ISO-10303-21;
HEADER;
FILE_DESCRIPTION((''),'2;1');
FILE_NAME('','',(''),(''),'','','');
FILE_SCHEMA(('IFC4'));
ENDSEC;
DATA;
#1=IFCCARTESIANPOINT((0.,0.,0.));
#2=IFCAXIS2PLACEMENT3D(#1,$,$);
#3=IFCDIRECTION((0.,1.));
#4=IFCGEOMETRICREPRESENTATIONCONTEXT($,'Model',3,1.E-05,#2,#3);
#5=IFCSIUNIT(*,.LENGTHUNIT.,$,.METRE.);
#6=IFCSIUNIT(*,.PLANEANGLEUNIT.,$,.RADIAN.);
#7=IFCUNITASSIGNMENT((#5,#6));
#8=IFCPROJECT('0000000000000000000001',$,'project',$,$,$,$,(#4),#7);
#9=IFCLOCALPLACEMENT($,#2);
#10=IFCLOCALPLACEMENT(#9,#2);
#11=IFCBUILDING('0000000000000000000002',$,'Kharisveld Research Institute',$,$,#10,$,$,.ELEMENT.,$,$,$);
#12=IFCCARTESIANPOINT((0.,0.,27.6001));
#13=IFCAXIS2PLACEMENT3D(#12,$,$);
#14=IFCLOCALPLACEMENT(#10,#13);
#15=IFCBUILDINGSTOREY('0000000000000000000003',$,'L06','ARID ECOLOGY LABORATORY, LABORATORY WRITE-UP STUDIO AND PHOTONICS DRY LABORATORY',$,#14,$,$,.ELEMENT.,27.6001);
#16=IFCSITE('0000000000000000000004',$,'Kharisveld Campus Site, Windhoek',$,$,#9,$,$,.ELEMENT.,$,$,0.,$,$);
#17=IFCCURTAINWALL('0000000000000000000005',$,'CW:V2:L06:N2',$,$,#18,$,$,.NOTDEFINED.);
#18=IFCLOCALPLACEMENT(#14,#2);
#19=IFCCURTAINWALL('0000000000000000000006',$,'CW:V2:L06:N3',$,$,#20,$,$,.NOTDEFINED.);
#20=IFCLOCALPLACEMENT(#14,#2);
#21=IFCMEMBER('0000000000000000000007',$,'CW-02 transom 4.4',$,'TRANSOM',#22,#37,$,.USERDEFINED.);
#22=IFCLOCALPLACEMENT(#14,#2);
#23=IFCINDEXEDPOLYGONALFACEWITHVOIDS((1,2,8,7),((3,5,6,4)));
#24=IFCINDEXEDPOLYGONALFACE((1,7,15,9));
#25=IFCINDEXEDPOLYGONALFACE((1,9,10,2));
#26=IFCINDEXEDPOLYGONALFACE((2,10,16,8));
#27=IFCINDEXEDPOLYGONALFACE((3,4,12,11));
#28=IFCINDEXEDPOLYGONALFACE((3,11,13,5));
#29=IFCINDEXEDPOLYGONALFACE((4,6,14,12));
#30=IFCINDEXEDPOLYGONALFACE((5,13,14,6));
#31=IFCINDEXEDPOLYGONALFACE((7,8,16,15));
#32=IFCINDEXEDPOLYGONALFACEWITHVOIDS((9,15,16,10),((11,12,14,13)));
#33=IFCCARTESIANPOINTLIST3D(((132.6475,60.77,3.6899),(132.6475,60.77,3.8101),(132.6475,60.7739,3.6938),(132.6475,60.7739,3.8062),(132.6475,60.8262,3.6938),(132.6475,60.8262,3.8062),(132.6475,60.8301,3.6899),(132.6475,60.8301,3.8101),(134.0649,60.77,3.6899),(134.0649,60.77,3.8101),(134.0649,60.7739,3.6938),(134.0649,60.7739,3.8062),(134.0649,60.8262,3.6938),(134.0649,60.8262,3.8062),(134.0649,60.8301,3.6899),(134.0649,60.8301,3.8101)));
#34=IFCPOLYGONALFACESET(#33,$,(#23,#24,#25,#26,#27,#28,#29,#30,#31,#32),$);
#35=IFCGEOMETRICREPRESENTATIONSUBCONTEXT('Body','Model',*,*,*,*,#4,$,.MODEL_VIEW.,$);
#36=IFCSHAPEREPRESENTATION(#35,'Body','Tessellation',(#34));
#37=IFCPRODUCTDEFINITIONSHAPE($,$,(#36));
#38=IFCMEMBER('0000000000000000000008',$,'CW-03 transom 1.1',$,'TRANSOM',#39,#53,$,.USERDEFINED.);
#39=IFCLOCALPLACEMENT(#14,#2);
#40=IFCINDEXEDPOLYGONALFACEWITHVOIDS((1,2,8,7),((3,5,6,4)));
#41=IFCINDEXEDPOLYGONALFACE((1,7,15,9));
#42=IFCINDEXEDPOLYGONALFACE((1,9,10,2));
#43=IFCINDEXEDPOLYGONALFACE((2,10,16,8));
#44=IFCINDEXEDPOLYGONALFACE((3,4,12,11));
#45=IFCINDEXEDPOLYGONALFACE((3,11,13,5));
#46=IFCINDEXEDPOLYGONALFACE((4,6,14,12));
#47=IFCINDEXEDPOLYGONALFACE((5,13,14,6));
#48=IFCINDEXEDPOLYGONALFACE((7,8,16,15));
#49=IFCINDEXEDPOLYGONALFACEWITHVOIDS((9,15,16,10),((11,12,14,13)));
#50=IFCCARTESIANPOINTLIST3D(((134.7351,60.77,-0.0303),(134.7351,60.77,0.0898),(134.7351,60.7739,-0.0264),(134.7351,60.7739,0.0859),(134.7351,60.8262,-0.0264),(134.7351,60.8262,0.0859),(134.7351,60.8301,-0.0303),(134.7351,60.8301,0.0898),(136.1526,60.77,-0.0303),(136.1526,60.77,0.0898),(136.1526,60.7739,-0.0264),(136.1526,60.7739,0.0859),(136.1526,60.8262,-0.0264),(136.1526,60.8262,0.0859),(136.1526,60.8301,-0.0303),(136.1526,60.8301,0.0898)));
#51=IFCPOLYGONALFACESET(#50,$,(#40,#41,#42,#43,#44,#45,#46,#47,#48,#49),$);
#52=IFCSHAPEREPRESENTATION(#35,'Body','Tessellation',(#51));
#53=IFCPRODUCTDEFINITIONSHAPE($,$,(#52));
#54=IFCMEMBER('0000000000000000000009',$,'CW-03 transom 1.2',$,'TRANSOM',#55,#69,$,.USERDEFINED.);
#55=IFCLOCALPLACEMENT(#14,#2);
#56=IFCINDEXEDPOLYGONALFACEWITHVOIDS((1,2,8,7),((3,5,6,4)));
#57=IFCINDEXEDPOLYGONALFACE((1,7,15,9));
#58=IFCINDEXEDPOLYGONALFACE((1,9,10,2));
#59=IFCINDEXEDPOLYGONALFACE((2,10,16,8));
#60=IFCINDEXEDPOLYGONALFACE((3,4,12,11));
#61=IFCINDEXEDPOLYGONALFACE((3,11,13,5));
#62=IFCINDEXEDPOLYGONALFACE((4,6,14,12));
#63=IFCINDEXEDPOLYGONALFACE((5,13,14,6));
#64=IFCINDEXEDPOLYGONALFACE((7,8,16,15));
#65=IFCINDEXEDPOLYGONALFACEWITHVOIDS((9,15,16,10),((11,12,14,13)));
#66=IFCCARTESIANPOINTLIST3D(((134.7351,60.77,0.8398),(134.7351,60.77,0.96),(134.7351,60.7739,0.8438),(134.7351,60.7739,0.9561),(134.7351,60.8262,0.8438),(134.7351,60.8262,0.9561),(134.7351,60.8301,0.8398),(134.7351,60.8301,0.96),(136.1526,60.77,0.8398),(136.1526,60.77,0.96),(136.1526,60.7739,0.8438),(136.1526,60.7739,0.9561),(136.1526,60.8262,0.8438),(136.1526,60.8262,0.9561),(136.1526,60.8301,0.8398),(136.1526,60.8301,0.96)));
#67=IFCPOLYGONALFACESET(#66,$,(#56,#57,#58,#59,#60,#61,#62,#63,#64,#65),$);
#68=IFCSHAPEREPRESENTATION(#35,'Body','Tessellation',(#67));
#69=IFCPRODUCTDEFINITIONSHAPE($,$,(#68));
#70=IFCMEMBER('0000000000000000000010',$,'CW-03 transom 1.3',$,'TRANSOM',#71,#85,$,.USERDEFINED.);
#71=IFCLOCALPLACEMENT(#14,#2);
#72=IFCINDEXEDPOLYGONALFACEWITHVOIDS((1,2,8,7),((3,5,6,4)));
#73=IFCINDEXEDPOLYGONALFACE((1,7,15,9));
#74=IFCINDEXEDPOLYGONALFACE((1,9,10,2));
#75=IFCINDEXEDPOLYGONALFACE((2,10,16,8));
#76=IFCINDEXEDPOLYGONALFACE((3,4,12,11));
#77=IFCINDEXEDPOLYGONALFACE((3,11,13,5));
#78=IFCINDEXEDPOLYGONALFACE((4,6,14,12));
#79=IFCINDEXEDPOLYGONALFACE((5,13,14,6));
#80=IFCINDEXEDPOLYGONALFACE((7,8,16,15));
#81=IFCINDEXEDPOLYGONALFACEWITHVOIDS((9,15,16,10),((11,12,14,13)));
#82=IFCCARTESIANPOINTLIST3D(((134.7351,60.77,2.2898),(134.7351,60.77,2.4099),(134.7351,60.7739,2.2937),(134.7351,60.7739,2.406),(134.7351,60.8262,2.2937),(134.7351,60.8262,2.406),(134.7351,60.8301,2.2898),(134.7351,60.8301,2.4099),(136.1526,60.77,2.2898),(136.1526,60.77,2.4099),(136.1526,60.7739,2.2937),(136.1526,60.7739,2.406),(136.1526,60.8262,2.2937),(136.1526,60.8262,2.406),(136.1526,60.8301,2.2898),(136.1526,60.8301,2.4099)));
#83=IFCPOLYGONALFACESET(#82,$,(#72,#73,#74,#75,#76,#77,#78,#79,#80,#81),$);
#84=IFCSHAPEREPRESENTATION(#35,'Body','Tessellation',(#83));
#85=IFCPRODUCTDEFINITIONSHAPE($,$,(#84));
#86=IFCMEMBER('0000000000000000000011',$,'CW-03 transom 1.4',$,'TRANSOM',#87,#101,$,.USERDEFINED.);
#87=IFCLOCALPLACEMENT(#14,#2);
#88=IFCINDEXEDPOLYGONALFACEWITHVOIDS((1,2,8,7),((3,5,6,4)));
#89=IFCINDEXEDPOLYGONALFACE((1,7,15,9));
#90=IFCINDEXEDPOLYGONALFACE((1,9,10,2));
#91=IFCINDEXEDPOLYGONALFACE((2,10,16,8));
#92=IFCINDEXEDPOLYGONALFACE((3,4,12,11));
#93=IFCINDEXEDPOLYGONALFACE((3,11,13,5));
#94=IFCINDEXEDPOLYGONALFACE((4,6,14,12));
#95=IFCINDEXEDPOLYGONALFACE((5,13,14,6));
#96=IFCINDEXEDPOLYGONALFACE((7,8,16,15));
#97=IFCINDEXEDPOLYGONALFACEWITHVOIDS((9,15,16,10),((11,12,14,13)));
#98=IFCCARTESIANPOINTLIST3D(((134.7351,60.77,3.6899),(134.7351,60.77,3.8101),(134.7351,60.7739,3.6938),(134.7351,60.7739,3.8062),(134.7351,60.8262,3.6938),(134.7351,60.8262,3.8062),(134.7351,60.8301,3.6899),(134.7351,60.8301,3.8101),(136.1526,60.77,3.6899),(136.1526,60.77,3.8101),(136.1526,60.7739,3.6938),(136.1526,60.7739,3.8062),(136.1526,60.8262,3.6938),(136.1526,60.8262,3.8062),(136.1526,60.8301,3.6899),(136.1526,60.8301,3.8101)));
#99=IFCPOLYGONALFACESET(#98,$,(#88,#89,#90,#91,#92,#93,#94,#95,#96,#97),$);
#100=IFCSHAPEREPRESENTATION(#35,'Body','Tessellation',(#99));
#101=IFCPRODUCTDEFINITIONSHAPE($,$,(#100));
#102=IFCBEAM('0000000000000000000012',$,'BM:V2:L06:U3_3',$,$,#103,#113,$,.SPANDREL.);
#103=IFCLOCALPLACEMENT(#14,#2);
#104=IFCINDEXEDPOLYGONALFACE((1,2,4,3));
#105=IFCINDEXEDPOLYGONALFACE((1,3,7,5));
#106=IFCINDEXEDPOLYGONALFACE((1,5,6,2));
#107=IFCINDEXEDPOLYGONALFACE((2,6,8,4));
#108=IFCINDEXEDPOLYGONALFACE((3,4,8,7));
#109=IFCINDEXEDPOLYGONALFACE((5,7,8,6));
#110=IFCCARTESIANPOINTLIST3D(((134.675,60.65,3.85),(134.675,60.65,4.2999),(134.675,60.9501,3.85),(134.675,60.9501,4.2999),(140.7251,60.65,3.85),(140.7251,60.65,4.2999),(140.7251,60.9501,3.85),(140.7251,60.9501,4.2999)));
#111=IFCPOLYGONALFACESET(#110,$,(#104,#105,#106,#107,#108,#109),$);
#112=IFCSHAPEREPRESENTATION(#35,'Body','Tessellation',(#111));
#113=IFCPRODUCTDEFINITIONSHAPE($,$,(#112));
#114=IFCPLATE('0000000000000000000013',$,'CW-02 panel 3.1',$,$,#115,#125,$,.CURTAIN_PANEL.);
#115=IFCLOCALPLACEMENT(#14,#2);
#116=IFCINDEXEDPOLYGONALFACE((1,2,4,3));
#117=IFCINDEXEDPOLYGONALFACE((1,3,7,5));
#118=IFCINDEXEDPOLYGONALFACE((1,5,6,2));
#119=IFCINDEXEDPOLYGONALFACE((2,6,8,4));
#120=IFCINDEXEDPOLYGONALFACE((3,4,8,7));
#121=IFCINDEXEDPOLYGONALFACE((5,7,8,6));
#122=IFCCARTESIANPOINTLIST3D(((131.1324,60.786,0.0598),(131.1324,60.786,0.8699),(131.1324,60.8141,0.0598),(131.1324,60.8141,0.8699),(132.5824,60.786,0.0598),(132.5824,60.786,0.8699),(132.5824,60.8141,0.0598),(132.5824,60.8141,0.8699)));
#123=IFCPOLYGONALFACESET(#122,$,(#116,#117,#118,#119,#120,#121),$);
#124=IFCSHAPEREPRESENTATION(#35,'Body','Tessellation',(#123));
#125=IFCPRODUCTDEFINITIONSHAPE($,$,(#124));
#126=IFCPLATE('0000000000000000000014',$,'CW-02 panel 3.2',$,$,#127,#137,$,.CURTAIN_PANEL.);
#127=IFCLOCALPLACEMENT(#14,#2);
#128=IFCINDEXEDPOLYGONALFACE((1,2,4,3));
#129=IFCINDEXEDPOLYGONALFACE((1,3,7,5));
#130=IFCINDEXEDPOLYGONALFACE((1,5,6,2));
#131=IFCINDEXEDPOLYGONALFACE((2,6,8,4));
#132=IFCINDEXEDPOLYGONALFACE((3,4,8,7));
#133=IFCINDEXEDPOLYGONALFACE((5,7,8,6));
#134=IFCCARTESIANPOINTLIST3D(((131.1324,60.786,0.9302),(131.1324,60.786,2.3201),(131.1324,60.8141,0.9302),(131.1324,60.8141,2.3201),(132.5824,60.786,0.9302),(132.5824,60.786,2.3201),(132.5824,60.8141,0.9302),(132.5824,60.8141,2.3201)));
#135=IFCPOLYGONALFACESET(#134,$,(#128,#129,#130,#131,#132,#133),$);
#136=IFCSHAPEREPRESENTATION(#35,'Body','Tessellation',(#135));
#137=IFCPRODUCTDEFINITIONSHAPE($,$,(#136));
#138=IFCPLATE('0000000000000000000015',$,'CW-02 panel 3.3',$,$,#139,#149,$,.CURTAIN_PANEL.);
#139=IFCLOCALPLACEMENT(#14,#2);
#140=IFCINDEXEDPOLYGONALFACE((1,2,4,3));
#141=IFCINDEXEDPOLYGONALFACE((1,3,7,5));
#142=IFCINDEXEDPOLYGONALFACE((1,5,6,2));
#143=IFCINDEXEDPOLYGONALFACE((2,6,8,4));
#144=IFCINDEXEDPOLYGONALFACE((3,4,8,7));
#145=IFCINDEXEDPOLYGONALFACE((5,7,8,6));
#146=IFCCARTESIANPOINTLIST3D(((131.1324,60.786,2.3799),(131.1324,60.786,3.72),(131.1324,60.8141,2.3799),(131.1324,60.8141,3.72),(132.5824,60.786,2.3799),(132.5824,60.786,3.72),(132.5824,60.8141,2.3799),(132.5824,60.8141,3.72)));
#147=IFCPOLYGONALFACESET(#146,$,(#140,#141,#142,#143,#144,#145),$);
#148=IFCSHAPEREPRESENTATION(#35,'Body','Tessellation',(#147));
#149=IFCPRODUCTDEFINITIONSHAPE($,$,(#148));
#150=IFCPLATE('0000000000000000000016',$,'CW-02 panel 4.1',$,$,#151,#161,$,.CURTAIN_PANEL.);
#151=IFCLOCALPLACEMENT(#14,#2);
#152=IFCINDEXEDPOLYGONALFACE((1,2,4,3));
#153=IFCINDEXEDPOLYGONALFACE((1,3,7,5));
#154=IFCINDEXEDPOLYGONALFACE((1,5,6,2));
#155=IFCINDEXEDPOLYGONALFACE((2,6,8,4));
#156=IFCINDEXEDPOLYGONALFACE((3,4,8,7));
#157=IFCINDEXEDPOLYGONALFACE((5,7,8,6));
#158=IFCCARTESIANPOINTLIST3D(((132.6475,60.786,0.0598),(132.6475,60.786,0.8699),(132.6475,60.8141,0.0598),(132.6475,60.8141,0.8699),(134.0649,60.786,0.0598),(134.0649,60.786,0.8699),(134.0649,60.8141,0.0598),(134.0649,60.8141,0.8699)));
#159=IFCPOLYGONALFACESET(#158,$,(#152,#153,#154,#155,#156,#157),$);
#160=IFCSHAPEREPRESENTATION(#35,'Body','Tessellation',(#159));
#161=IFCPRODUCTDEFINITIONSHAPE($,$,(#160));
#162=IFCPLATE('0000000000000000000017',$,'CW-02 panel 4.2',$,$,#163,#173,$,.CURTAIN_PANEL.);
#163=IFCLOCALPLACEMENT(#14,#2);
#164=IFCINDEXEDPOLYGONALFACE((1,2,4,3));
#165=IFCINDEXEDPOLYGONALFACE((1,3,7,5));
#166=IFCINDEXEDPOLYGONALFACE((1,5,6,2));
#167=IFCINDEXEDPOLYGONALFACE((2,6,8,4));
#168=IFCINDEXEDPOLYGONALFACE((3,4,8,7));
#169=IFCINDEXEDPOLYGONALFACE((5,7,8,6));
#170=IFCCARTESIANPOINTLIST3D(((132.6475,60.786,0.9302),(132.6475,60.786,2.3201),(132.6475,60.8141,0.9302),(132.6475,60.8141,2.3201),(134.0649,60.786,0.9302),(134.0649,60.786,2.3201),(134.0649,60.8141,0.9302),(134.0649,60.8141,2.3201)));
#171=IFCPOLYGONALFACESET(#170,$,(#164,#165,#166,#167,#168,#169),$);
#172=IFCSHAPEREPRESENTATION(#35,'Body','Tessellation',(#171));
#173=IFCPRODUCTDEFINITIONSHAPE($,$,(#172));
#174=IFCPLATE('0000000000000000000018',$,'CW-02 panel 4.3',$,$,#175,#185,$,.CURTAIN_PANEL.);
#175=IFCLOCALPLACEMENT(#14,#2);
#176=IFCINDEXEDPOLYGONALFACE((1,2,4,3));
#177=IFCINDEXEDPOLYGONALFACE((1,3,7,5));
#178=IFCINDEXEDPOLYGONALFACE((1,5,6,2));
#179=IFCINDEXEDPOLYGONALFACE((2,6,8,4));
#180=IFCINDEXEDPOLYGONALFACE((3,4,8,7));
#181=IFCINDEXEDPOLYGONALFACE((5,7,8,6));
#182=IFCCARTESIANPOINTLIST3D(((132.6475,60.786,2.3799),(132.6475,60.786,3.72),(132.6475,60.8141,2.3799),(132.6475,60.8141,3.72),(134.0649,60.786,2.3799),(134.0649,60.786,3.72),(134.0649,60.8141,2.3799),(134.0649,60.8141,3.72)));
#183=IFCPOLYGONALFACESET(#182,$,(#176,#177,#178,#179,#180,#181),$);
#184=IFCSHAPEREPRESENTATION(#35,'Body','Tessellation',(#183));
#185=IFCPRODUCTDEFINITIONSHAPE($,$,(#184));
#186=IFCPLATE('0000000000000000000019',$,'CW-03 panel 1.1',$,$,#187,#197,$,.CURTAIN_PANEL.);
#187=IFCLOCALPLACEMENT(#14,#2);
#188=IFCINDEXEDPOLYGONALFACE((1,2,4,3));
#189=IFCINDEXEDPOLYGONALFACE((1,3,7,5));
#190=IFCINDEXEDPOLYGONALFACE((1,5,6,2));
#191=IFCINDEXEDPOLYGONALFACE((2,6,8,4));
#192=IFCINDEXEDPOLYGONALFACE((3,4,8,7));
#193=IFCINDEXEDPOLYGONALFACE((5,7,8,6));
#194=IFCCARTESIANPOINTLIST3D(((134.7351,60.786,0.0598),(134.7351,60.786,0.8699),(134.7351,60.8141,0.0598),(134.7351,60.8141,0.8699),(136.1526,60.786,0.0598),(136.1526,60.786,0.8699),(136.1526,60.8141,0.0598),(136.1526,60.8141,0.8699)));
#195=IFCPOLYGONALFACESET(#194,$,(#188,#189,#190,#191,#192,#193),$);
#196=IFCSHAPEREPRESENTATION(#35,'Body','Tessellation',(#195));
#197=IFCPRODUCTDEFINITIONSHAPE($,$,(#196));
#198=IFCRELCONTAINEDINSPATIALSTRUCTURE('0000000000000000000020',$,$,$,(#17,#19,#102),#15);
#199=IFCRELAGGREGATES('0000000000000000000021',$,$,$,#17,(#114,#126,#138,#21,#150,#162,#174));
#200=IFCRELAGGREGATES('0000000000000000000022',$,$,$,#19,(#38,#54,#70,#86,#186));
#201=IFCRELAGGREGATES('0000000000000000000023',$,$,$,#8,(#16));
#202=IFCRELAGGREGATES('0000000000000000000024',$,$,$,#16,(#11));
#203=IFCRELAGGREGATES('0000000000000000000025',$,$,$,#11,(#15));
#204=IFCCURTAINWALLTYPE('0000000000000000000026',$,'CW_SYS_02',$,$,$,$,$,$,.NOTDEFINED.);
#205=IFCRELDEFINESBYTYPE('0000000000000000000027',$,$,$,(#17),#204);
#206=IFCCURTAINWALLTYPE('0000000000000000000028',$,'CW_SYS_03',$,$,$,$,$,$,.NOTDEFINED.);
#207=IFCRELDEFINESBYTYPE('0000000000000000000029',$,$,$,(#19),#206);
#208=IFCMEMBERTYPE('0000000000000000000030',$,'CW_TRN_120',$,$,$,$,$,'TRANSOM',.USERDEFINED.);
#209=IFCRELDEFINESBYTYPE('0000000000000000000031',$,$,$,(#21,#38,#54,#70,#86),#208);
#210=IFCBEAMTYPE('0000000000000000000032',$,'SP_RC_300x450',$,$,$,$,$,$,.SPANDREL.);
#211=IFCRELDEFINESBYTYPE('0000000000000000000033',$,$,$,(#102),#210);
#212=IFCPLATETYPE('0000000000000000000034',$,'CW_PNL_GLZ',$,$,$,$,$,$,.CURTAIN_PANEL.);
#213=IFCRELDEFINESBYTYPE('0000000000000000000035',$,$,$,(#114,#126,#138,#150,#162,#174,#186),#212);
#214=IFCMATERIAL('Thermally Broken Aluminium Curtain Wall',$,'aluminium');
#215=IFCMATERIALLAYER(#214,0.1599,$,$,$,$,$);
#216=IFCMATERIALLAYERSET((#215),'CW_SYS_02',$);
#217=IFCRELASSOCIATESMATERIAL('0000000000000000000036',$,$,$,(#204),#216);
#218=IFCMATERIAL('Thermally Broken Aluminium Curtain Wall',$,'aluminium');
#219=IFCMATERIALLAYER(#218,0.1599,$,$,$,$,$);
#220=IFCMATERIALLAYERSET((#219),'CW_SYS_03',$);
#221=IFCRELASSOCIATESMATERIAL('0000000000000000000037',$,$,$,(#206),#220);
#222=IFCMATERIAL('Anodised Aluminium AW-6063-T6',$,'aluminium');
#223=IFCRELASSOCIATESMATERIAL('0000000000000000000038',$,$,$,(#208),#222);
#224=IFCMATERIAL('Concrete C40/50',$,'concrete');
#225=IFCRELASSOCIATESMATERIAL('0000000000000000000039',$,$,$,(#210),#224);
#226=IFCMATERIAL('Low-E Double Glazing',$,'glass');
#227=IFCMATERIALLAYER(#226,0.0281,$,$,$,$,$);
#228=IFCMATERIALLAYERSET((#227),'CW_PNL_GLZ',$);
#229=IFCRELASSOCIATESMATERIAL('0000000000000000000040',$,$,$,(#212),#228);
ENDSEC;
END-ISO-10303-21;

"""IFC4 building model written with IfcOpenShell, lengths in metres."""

from ifc_helpers import new_model, si_unit, direction, frame, origin, origin_2d, place, context, subcontext, project, spatial, rectangle, hollow_rectangle, extrude, material, layer, layer_set, material_profile, profile_set, type_object, element, aggregate, save


model = new_model("IFC4")

# Units and contexts
model_context = context("Model", 3, precision=1e-05, world=origin(), true_north=direction((0.0, 1.0)))
body_context = subcontext(model_context, "Body", "Model", "MODEL_VIEW")
ifc_project = project(units=[si_unit("LENGTHUNIT", "METRE"), si_unit("PLANEANGLEUNIT", "RADIAN")], contexts=[model_context])

# Site, building, storey
site_placement = place(None, origin())
site = spatial("IfcSite", under=ifc_project, at=site_placement, Name="Kharisveld Campus Site, Windhoek", CompositionType="ELEMENT", RefElevation=0.0)
building_placement = place(site_placement, origin())
building = spatial("IfcBuilding", under=site, at=building_placement, Name="Kharisveld Research Institute", CompositionType="ELEMENT")
storey_placement = place(building_placement, frame((0.0, 0.0, 27.6001)))
storey = spatial("IfcBuildingStorey", under=building, at=storey_placement, Name="L06", Description="ARID ECOLOGY LABORATORY, LABORATORY WRITE-UP STUDIO AND PHOTONICS DRY LABORATORY", CompositionType="ELEMENT", Elevation=27.6001)

# Curtain wall
ifc_material_1 = material(Name="Thermally Broken Aluminium Curtain Wall", Category="aluminium")
ifc_layer_1 = layer(ifc_material_1, 0.1599)
ifc_layer_set_1 = layer_set([ifc_layer_1], Name="CW_SYS_02")
curtain_wall_type_1 = type_object("IfcCurtainWallType", Name="CW_SYS_02", PredefinedType="NOTDEFINED", material=ifc_layer_set_1)
curtain_wall_1_placement = place(storey_placement, origin())
curtain_wall_1 = element("IfcCurtainWall", 1, at=curtain_wall_1_placement, inside=storey, type_object=curtain_wall_type_1, Name="CW:V2:L06:N2", PredefinedType="NOTDEFINED")

# Curtain wall
ifc_material_2 = material(Name="Thermally Broken Aluminium Curtain Wall", Category="aluminium")
ifc_layer_2 = layer(ifc_material_2, 0.1599)
ifc_layer_set_2 = layer_set([ifc_layer_2], Name="CW_SYS_03")
curtain_wall_type_2 = type_object("IfcCurtainWallType", Name="CW_SYS_03", PredefinedType="NOTDEFINED", material=ifc_layer_set_2)
curtain_wall_2_placement = place(storey_placement, origin())
curtain_wall_2 = element("IfcCurtainWall", 2, at=curtain_wall_2_placement, inside=storey, type_object=curtain_wall_type_2, Name="CW:V2:L06:N3", PredefinedType="NOTDEFINED")

# Members
ifc_material_3 = material(Name="Anodised Aluminium AW-6063-T6", Category="aluminium")
ifc_material_profile_1 = material_profile(ifc_material_3, hollow_rectangle(XDim=0.0601, YDim=0.1201, WallThickness=0.0039, at=origin_2d()))
ifc_profile_set_1 = profile_set([ifc_material_profile_1], Name="Anodised Aluminium AW-6063-T6")
member_type_1 = type_object("IfcMemberType", Name="CW_TRN_120", ElementType="TRANSOM", PredefinedType="USERDEFINED", material=ifc_profile_set_1)
member_1_placement = place(storey_placement, frame((132.6475, 60.8, 3.75), z_axis=(1.0, 0.0, 0.0), x_axis=(0.0, 1.0, 0.0)))
member_1 = element("IfcMember", 3, at=member_1_placement, type_object=member_type_1, Name="CW-02 transom 4.4", ObjectType="TRANSOM", PredefinedType="USERDEFINED", context=body_context, shape_type="SweptSolid", body=[
    extrude(hollow_rectangle(XDim=0.0601, YDim=0.1201, WallThickness=0.0039, at=origin_2d()), origin(), (0.0, 0.0, 1.0), 1.4175),
])
member_2_placement = place(storey_placement, frame((134.7351, 60.8, 0.0298), z_axis=(1.0, 0.0, 0.0), x_axis=(0.0, 1.0, 0.0)))
member_2 = element("IfcMember", 4, at=member_2_placement, type_object=member_type_1, Name="CW-03 transom 1.1", ObjectType="TRANSOM", PredefinedType="USERDEFINED", context=body_context, shape_type="SweptSolid", body=[
    extrude(hollow_rectangle(XDim=0.0601, YDim=0.1201, WallThickness=0.0039, at=origin_2d()), origin(), (0.0, 0.0, 1.0), 1.4175),
])
member_3_placement = place(storey_placement, frame((134.7351, 60.8, 0.8999), z_axis=(1.0, 0.0, 0.0), x_axis=(0.0, 1.0, 0.0)))
member_3 = element("IfcMember", 5, at=member_3_placement, type_object=member_type_1, Name="CW-03 transom 1.2", ObjectType="TRANSOM", PredefinedType="USERDEFINED", context=body_context, shape_type="SweptSolid", body=[
    extrude(hollow_rectangle(XDim=0.0601, YDim=0.1201, WallThickness=0.0039, at=origin_2d()), origin(), (0.0, 0.0, 1.0), 1.4175),
])
member_4_placement = place(storey_placement, frame((134.7351, 60.8, 2.3499), z_axis=(1.0, 0.0, 0.0), x_axis=(0.0, 1.0, 0.0)))
member_4 = element("IfcMember", 6, at=member_4_placement, type_object=member_type_1, Name="CW-03 transom 1.3", ObjectType="TRANSOM", PredefinedType="USERDEFINED", context=body_context, shape_type="SweptSolid", body=[
    extrude(hollow_rectangle(XDim=0.0601, YDim=0.1201, WallThickness=0.0039, at=origin_2d()), origin(), (0.0, 0.0, 1.0), 1.4175),
])
member_5_placement = place(storey_placement, frame((134.7351, 60.8, 3.75), z_axis=(1.0, 0.0, 0.0), x_axis=(0.0, 1.0, 0.0)))
member_5 = element("IfcMember", 7, at=member_5_placement, type_object=member_type_1, Name="CW-03 transom 1.4", ObjectType="TRANSOM", PredefinedType="USERDEFINED", context=body_context, shape_type="SweptSolid", body=[
    extrude(hollow_rectangle(XDim=0.0601, YDim=0.1201, WallThickness=0.0039, at=origin_2d()), origin(), (0.0, 0.0, 1.0), 1.4175),
])

# Beam
ifc_material_4 = material(Name="Concrete C40/50", Category="concrete")
ifc_material_profile_2 = material_profile(ifc_material_4, rectangle(XDim=0.3, YDim=0.45, at=origin_2d()))
ifc_profile_set_2 = profile_set([ifc_material_profile_2], Name="Concrete C40/50")
beam_type = type_object("IfcBeamType", Name="SP_RC_300x450", PredefinedType="SPANDREL", material=ifc_profile_set_2)
beam_placement = place(storey_placement, frame((134.675, 60.8, 4.075), z_axis=(1.0, 0.0, 0.0), x_axis=(0.0, 1.0, 0.0)))
element("IfcBeam", 8, at=beam_placement, inside=storey, type_object=beam_type, Name="BM:V2:L06:U3_3", PredefinedType="SPANDREL", context=body_context, shape_type="SweptSolid", body=[
    extrude(rectangle(XDim=0.3, YDim=0.45, at=origin_2d()), origin(), (0.0, 0.0, 1.0), 6.05),
])

# Plates
ifc_material_5 = material(Name="Low-E Double Glazing", Category="glass")
ifc_layer_3 = layer(ifc_material_5, 0.0281)
ifc_layer_set_3 = layer_set([ifc_layer_3], Name="CW_PNL_GLZ")
plate_type = type_object("IfcPlateType", Name="CW_PNL_GLZ", PredefinedType="CURTAIN_PANEL", material=ifc_layer_set_3)
plate_1_placement = place(storey_placement, frame((131.8574, 60.8, 0.0598), z_axis=(0.0, 0.0, 1.0), x_axis=(1.0, 0.0, 0.0)))
plate_1 = element("IfcPlate", 9, at=plate_1_placement, type_object=plate_type, Name="CW-02 panel 3.1", PredefinedType="CURTAIN_PANEL", context=body_context, shape_type="SweptSolid", body=[
    extrude(rectangle(XDim=1.45, YDim=0.0281, at=origin_2d()), origin(), (0.0, 0.0, 1.0), 0.8101),
])
plate_2_placement = place(storey_placement, frame((131.8574, 60.8, 0.9302), z_axis=(0.0, 0.0, 1.0), x_axis=(1.0, 0.0, 0.0)))
plate_2 = element("IfcPlate", 10, at=plate_2_placement, type_object=plate_type, Name="CW-02 panel 3.2", PredefinedType="CURTAIN_PANEL", context=body_context, shape_type="SweptSolid", body=[
    extrude(rectangle(XDim=1.45, YDim=0.0281, at=origin_2d()), origin(), (0.0, 0.0, 1.0), 1.3899),
])
plate_3_placement = place(storey_placement, frame((131.8574, 60.8, 2.3799), z_axis=(0.0, 0.0, 1.0), x_axis=(1.0, 0.0, 0.0)))
plate_3 = element("IfcPlate", 11, at=plate_3_placement, type_object=plate_type, Name="CW-02 panel 3.3", PredefinedType="CURTAIN_PANEL", context=body_context, shape_type="SweptSolid", body=[
    extrude(rectangle(XDim=1.45, YDim=0.0281, at=origin_2d()), origin(), (0.0, 0.0, 1.0), 1.3401),
])
plate_4_placement = place(storey_placement, frame((133.3562, 60.8, 0.0598), z_axis=(0.0, 0.0, 1.0), x_axis=(1.0, 0.0, 0.0)))
plate_4 = element("IfcPlate", 12, at=plate_4_placement, type_object=plate_type, Name="CW-02 panel 4.1", PredefinedType="CURTAIN_PANEL", context=body_context, shape_type="SweptSolid", body=[
    extrude(rectangle(XDim=1.4175, YDim=0.0281, at=origin_2d()), origin(), (0.0, 0.0, 1.0), 0.8101),
])
plate_5_placement = place(storey_placement, frame((133.3562, 60.8, 0.9302), z_axis=(0.0, 0.0, 1.0), x_axis=(1.0, 0.0, 0.0)))
plate_5 = element("IfcPlate", 13, at=plate_5_placement, type_object=plate_type, Name="CW-02 panel 4.2", PredefinedType="CURTAIN_PANEL", context=body_context, shape_type="SweptSolid", body=[
    extrude(rectangle(XDim=1.4175, YDim=0.0281, at=origin_2d()), origin(), (0.0, 0.0, 1.0), 1.3899),
])
plate_6_placement = place(storey_placement, frame((133.3562, 60.8, 2.3799), z_axis=(0.0, 0.0, 1.0), x_axis=(1.0, 0.0, 0.0)))
plate_6 = element("IfcPlate", 14, at=plate_6_placement, type_object=plate_type, Name="CW-02 panel 4.3", PredefinedType="CURTAIN_PANEL", context=body_context, shape_type="SweptSolid", body=[
    extrude(rectangle(XDim=1.4175, YDim=0.0281, at=origin_2d()), origin(), (0.0, 0.0, 1.0), 1.3401),
])
aggregate(curtain_wall_1, [plate_1, plate_2, plate_3, member_1, plate_4, plate_5, plate_6])
plate_7_placement = place(storey_placement, frame((135.4438, 60.8, 0.0598), z_axis=(0.0, 0.0, 1.0), x_axis=(1.0, 0.0, 0.0)))
plate_7 = element("IfcPlate", 15, at=plate_7_placement, type_object=plate_type, Name="CW-03 panel 1.1", PredefinedType="CURTAIN_PANEL", context=body_context, shape_type="SweptSolid", body=[
    extrude(rectangle(XDim=1.4175, YDim=0.0281, at=origin_2d()), origin(), (0.0, 0.0, 1.0), 0.8101),
])
aggregate(curtain_wall_2, [member_2, member_3, member_4, member_5, plate_7])

save(model, "model.ifc")
